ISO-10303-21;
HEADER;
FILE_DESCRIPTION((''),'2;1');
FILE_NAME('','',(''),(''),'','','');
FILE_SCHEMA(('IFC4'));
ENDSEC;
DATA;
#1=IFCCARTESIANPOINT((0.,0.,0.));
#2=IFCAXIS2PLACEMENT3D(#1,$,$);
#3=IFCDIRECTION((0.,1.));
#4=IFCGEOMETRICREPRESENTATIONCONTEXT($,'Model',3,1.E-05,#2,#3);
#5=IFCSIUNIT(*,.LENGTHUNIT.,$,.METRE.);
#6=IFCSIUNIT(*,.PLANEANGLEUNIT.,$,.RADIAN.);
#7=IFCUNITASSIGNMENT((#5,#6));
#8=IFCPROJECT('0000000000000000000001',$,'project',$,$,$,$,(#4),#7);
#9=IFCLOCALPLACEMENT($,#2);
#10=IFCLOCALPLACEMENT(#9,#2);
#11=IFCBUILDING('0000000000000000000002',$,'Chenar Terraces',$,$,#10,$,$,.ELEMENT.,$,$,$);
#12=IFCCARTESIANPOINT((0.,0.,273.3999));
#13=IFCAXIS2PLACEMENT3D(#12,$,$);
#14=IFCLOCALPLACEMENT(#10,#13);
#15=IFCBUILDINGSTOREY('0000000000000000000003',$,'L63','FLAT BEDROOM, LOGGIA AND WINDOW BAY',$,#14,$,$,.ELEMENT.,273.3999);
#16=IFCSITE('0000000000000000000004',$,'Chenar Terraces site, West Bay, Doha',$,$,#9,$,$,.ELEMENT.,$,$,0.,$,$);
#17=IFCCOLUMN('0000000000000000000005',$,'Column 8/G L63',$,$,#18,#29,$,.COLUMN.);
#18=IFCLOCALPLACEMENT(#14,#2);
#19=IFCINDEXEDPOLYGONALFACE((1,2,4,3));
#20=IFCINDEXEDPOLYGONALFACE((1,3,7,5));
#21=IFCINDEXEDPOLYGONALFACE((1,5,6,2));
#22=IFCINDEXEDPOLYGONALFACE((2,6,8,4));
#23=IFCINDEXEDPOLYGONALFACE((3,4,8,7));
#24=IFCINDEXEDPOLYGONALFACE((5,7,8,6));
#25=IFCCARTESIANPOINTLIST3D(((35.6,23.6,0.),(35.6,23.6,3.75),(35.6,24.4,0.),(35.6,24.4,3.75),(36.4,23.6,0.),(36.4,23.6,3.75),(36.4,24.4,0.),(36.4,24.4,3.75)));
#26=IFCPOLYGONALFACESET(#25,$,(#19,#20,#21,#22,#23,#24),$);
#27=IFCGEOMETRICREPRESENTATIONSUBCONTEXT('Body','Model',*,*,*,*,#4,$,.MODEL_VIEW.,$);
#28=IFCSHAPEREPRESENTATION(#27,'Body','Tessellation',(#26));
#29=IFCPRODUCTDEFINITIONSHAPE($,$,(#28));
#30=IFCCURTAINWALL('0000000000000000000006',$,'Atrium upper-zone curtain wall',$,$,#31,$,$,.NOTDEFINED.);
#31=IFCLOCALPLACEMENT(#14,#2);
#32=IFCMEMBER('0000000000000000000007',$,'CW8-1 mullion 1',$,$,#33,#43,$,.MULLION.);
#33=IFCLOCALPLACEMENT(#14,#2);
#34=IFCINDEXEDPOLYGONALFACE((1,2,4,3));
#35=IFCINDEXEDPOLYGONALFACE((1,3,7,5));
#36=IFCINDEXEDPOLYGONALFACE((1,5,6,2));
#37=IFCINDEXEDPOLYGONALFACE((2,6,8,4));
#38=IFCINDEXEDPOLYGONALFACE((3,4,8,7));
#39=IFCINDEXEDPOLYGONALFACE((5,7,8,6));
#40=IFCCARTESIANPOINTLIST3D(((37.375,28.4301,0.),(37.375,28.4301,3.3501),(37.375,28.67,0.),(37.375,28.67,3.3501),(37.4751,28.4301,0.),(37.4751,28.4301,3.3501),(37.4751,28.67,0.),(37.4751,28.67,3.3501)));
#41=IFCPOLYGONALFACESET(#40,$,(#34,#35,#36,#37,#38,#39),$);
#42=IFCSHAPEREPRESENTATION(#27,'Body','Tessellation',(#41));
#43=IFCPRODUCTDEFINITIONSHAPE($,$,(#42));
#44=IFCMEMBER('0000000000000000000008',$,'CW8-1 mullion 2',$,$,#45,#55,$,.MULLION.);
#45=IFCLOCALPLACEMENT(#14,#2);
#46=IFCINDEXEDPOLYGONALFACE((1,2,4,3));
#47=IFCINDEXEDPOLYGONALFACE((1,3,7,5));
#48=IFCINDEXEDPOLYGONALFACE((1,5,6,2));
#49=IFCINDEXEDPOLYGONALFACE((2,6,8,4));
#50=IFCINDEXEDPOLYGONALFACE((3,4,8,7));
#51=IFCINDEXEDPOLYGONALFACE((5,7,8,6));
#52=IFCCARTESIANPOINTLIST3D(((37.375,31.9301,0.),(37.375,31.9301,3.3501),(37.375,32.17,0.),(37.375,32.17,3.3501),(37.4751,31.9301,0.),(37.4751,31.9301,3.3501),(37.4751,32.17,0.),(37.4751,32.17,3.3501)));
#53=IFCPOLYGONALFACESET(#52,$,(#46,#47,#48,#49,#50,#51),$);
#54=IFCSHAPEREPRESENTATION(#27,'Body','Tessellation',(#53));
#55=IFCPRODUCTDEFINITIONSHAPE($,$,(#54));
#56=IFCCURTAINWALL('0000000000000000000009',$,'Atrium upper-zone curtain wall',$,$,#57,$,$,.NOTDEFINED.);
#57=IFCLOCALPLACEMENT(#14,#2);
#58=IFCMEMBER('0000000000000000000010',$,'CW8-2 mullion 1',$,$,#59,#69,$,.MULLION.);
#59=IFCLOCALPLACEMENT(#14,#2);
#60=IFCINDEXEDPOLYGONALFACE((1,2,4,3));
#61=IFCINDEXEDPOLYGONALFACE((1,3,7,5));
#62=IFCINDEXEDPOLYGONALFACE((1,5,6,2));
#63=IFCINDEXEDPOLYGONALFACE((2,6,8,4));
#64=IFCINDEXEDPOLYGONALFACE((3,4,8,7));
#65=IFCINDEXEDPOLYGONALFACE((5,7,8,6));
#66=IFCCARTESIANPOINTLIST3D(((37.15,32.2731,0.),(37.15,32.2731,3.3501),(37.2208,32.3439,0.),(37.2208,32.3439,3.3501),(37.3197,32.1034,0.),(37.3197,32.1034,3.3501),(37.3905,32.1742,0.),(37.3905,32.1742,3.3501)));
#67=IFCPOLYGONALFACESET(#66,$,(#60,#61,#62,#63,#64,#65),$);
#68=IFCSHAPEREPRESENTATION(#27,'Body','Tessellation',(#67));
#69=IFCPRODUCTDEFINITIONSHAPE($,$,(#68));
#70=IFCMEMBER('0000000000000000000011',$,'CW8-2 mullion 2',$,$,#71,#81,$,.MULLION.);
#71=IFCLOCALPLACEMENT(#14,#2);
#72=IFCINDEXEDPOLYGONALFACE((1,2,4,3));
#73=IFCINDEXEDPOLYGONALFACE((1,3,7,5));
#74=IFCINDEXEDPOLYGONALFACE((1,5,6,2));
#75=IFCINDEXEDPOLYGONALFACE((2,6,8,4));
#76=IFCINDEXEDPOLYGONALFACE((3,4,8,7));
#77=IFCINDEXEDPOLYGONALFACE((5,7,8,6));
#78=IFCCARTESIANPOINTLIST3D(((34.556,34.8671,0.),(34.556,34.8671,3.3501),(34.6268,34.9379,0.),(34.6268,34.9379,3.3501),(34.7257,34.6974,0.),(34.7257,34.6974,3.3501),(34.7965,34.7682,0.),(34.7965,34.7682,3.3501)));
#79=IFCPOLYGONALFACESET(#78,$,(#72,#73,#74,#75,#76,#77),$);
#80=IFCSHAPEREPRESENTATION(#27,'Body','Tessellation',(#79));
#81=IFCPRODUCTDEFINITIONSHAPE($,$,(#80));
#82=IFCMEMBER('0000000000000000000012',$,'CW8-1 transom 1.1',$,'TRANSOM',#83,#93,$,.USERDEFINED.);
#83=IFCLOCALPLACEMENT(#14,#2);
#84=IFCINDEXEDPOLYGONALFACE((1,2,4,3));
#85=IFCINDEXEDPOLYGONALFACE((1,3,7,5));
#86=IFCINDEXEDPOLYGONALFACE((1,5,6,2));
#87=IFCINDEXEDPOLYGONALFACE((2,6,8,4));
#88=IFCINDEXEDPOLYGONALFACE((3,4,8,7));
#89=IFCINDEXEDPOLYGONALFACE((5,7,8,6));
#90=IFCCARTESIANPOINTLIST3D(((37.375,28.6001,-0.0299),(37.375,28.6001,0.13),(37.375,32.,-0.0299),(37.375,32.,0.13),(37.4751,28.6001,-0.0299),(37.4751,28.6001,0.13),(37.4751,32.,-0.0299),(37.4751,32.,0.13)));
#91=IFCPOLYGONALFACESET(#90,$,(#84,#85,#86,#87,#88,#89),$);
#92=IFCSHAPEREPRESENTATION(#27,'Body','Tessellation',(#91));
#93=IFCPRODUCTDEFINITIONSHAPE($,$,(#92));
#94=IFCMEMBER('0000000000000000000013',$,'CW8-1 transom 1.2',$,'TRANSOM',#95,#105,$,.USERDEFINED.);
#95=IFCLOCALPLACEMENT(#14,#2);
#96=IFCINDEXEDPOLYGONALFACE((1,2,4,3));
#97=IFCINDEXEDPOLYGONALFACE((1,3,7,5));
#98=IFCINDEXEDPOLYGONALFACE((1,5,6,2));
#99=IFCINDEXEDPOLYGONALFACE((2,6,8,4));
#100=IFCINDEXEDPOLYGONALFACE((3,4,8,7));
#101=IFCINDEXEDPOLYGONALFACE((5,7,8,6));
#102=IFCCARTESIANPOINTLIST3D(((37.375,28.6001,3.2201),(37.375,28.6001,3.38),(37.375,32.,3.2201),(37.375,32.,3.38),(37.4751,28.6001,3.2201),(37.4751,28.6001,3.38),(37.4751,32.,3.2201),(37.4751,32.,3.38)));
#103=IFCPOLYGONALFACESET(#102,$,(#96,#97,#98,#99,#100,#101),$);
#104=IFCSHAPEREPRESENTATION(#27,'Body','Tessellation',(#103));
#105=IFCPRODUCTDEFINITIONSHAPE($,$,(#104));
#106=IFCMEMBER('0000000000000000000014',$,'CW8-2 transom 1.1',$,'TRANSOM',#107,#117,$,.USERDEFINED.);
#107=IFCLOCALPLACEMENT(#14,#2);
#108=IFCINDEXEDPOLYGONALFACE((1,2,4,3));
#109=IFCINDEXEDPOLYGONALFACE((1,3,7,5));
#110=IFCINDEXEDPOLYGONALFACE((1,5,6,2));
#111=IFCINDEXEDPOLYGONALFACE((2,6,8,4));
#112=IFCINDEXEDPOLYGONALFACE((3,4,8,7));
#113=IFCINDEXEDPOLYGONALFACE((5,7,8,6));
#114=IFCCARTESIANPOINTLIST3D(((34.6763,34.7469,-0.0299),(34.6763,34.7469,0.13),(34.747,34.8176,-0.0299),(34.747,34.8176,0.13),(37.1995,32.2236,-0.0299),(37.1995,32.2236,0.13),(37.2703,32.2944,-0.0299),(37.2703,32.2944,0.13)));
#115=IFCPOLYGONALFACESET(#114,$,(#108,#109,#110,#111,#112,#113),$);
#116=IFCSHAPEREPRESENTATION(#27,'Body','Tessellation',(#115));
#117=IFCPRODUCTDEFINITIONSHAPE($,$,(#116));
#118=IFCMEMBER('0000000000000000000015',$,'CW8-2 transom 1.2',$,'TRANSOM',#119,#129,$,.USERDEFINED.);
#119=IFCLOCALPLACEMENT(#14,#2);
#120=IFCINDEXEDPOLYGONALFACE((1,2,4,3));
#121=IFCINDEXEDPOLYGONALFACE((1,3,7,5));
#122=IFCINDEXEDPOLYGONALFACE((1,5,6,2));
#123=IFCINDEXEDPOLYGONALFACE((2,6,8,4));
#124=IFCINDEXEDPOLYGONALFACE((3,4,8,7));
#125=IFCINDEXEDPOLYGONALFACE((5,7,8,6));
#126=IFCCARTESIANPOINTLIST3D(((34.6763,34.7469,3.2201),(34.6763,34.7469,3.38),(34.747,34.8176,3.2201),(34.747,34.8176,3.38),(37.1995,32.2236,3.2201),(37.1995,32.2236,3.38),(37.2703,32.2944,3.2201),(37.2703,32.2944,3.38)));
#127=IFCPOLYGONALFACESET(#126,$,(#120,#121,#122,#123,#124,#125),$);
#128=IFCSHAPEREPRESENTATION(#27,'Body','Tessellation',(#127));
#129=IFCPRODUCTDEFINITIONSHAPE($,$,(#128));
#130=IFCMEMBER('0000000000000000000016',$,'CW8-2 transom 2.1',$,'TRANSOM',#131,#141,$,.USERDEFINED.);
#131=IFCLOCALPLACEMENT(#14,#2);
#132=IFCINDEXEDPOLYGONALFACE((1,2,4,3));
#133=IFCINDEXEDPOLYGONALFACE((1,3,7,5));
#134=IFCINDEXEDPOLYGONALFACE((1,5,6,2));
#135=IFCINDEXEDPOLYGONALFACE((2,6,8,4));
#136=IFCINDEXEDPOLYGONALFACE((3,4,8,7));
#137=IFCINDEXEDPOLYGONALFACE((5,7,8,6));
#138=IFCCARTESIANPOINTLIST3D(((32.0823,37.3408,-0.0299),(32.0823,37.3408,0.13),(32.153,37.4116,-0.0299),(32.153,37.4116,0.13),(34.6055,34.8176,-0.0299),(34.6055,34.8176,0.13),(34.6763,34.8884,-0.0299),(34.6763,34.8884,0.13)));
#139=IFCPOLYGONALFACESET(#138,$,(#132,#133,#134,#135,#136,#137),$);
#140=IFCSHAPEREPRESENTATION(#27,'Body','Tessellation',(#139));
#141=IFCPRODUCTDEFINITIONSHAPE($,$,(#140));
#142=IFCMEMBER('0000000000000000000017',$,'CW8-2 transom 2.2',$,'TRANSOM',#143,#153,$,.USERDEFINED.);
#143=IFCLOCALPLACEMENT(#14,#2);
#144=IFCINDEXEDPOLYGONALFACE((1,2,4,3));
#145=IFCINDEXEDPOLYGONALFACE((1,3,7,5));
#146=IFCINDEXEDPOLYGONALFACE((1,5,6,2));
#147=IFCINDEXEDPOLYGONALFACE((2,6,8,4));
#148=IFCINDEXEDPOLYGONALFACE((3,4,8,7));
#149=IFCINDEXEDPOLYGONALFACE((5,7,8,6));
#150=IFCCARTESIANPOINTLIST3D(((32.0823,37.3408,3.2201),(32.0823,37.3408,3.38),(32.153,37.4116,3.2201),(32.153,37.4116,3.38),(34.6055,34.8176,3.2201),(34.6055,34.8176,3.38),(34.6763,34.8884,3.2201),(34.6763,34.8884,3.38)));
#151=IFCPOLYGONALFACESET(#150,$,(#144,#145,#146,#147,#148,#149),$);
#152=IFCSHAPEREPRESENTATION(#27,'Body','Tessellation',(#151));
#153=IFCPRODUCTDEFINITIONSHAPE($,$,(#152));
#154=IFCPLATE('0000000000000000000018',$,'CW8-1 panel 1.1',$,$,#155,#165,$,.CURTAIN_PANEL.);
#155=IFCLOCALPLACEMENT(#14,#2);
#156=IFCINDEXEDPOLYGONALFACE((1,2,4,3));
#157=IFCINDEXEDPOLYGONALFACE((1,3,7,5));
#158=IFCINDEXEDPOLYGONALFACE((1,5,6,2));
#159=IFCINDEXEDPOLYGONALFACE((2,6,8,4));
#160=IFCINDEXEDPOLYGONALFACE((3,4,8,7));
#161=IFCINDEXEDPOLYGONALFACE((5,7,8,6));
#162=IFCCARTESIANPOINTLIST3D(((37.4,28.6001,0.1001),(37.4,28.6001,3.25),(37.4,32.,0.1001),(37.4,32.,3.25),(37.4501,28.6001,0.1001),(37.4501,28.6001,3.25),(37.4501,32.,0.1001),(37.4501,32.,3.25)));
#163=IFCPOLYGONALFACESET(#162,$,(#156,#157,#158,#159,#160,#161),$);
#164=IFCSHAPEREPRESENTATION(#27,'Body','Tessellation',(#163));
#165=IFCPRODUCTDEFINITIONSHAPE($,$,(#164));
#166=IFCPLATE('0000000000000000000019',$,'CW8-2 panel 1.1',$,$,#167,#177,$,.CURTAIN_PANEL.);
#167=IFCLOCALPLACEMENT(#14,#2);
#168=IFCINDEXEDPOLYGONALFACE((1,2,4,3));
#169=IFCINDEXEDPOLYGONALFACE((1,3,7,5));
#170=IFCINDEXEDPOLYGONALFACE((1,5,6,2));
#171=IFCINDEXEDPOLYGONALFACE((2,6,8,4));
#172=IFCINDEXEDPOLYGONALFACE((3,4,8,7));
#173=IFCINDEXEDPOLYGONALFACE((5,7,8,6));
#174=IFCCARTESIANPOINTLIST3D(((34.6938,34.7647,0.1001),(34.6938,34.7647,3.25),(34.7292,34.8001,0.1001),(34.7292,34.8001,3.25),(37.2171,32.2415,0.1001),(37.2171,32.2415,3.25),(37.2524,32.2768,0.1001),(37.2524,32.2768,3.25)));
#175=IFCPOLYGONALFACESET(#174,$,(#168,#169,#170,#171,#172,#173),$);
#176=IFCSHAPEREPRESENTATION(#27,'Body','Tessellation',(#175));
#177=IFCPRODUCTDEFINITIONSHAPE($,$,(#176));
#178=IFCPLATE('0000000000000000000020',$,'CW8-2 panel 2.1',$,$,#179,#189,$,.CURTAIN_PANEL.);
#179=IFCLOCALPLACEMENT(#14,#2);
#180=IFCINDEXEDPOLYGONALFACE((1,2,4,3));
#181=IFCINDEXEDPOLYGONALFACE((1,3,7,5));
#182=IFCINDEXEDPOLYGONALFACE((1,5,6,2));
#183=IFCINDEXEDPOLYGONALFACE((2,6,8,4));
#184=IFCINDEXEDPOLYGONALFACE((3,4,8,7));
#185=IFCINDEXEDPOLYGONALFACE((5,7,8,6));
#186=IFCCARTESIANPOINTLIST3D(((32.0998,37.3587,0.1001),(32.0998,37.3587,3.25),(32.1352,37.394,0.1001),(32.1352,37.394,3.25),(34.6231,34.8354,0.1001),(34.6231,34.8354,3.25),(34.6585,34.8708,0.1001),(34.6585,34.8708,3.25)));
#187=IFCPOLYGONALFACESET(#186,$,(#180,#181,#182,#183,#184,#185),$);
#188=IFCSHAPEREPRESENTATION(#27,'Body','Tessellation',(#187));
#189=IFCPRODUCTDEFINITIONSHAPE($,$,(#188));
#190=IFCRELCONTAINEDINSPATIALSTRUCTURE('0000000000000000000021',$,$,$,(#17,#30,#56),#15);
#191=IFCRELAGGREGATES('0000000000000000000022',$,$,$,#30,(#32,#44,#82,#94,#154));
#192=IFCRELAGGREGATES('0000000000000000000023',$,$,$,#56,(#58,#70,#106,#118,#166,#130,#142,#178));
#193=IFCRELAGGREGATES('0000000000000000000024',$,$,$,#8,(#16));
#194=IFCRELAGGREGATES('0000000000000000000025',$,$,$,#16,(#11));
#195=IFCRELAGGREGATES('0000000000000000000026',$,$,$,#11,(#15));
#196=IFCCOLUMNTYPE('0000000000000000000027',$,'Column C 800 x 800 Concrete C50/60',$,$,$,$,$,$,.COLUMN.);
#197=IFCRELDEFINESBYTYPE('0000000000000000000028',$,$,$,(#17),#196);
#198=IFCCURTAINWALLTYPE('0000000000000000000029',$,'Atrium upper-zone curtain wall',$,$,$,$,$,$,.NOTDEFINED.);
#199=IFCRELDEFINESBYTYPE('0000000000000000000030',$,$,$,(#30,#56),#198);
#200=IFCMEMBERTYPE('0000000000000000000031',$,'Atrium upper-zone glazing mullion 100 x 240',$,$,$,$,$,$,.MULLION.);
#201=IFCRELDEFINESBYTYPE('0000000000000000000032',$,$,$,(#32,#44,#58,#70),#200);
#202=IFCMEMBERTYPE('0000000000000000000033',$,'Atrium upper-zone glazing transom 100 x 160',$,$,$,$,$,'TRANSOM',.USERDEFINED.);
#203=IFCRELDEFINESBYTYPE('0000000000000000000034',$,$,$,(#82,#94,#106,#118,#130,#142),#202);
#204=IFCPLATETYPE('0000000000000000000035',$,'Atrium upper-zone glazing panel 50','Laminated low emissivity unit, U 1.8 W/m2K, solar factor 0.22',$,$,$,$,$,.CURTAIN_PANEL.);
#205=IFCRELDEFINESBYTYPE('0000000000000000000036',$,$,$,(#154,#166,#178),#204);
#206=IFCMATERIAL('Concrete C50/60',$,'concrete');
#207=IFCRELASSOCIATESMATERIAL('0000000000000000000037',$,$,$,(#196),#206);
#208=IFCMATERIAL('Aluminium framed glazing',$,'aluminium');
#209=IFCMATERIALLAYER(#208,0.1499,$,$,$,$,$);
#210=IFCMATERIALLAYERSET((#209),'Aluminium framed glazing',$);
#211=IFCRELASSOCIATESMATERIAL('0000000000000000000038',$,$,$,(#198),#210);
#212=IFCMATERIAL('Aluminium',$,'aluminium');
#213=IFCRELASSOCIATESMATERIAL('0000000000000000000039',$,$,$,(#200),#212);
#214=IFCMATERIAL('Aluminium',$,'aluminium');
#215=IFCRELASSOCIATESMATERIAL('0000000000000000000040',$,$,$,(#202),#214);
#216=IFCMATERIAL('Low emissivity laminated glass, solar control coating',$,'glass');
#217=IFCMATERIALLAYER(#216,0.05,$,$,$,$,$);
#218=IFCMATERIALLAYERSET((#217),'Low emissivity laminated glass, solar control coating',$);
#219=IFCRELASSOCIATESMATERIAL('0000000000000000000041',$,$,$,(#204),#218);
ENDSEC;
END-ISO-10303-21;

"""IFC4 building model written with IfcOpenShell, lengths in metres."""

from ifc_helpers import new_model, si_unit, direction, frame, origin, origin_2d, place, context, subcontext, project, spatial, rectangle, extrude, material, layer, layer_set, material_profile, profile_set, type_object, element, aggregate, save


model = new_model("IFC4")

# Units and contexts
model_context = context("Model", 3, precision=1e-05, world=origin(), true_north=direction((0.0, 1.0)))
body_context = subcontext(model_context, "Body", "Model", "MODEL_VIEW")
ifc_project = project(units=[si_unit("LENGTHUNIT", "METRE"), si_unit("PLANEANGLEUNIT", "RADIAN")], contexts=[model_context])

# Site, building, storey
site_placement = place(None, origin())
site = spatial("IfcSite", under=ifc_project, at=site_placement, Name="Chenar Terraces site, West Bay, Doha", CompositionType="ELEMENT", RefElevation=0.0)
building_placement = place(site_placement, origin())
building = spatial("IfcBuilding", under=site, at=building_placement, Name="Chenar Terraces", CompositionType="ELEMENT")
storey_placement = place(building_placement, frame((0.0, 0.0, 273.3999)))
storey = spatial("IfcBuildingStorey", under=building, at=storey_placement, Name="L63", Description="FLAT BEDROOM, LOGGIA AND WINDOW BAY", CompositionType="ELEMENT", Elevation=273.3999)

# Column
ifc_material_1 = material(Name="Concrete C50/60", Category="concrete")
ifc_material_profile_1 = material_profile(ifc_material_1, rectangle(XDim=0.8, YDim=0.8, at=origin_2d()), Name="C 800 x 800")
ifc_profile_set_1 = profile_set([ifc_material_profile_1], Name="Concrete C50/60")
column_type = type_object("IfcColumnType", Name="Column C 800 x 800 Concrete C50/60", PredefinedType="COLUMN", material=ifc_profile_set_1)
column_placement = place(storey_placement, frame((36.0, 24.0, 0.0), z_axis=(0.0, 0.0, 1.0), x_axis=(1.0, 0.0, 0.0)))
element("IfcColumn", 1, at=column_placement, inside=storey, type_object=column_type, Name="Column 8/G L63", PredefinedType="COLUMN", context=body_context, shape_type="SweptSolid", body=[
    extrude(rectangle(XDim=0.8, YDim=0.8, at=origin_2d()), origin(), (0.0, 0.0, 1.0), 3.75),
])

# Curtain walls, members
ifc_material_2 = material(Name="Aluminium framed glazing", Category="aluminium")
ifc_layer_1 = layer(ifc_material_2, 0.1499)
ifc_layer_set_1 = layer_set([ifc_layer_1], Name="Aluminium framed glazing")
curtain_wall_type = type_object("IfcCurtainWallType", Name="Atrium upper-zone curtain wall", PredefinedType="NOTDEFINED", material=ifc_layer_set_1)
placement = place(storey_placement, origin())
curtain_wall_1 = element("IfcCurtainWall", 2, at=placement, inside=storey, type_object=curtain_wall_type, Name="Atrium upper-zone curtain wall", PredefinedType="NOTDEFINED")
ifc_material_3 = material(Name="Aluminium", Category="aluminium")
ifc_material_profile_2 = material_profile(ifc_material_3, rectangle(XDim=0.1001, YDim=0.24, at=origin_2d()), Name="Atrium upper-zone glazing mullion 100 x 240")
ifc_profile_set_2 = profile_set([ifc_material_profile_2], Name="Aluminium")
member_type_1 = type_object("IfcMemberType", Name="Atrium upper-zone glazing mullion 100 x 240", PredefinedType="MULLION", material=ifc_profile_set_2)
member_1_placement = place(storey_placement, frame((37.425, 28.55, 0.0), z_axis=(0.0, 0.0, 1.0), x_axis=(-1.0, 0.0, 0.0)))
member_1 = element("IfcMember", 3, at=member_1_placement, type_object=member_type_1, Name="CW8-1 mullion 1", PredefinedType="MULLION", context=body_context, shape_type="SweptSolid", body=[
    extrude(rectangle(XDim=0.1001, YDim=0.24, at=origin_2d()), origin(), (0.0, 0.0, 1.0), 3.3501),
])
member_2_placement = place(storey_placement, frame((37.425, 32.05, 0.0), z_axis=(0.0, 0.0, 1.0), x_axis=(-1.0, 0.0, 0.0)))
member_2 = element("IfcMember", 4, at=member_2_placement, type_object=member_type_1, Name="CW8-1 mullion 2", PredefinedType="MULLION", context=body_context, shape_type="SweptSolid", body=[
    extrude(rectangle(XDim=0.1001, YDim=0.24, at=origin_2d()), origin(), (0.0, 0.0, 1.0), 3.3501),
])
curtain_wall_2 = element("IfcCurtainWall", 5, at=placement, inside=storey, type_object=curtain_wall_type, Name="Atrium upper-zone curtain wall", PredefinedType="NOTDEFINED")
member_3_placement = place(storey_placement, frame((37.2703, 32.2236, 0.0), z_axis=(0.0, 0.0, 1.0), x_axis=(-0.707107, -0.707107, 0.0)))
member_3 = element("IfcMember", 6, at=member_3_placement, type_object=member_type_1, Name="CW8-2 mullion 1", PredefinedType="MULLION", context=body_context, shape_type="SweptSolid", body=[
    extrude(rectangle(XDim=0.1001, YDim=0.24, at=origin_2d()), origin(), (0.0, 0.0, 1.0), 3.3501),
])
member_4_placement = place(storey_placement, frame((34.6763, 34.8176, 0.0), z_axis=(0.0, 0.0, 1.0), x_axis=(-0.707107, -0.707107, 0.0)))
member_4 = element("IfcMember", 7, at=member_4_placement, type_object=member_type_1, Name="CW8-2 mullion 2", PredefinedType="MULLION", context=body_context, shape_type="SweptSolid", body=[
    extrude(rectangle(XDim=0.1001, YDim=0.24, at=origin_2d()), origin(), (0.0, 0.0, 1.0), 3.3501),
])

# Members
ifc_material_4 = material(Name="Aluminium", Category="aluminium")
ifc_material_profile_3 = material_profile(ifc_material_4, rectangle(XDim=0.1001, YDim=0.1599, at=origin_2d()), Name="Atrium upper-zone glazing transom 100 x 160")
ifc_profile_set_3 = profile_set([ifc_material_profile_3], Name="Aluminium")
member_type_2 = type_object("IfcMemberType", Name="Atrium upper-zone glazing transom 100 x 160", ElementType="TRANSOM", PredefinedType="USERDEFINED", material=ifc_profile_set_3)
member_5_placement = place(storey_placement, frame((37.425, 28.6001, 0.05), z_axis=(0.0, 1.0, 0.0), x_axis=(-1.0, 0.0, 0.0)))
member_5 = element("IfcMember", 8, at=member_5_placement, type_object=member_type_2, Name="CW8-1 transom 1.1", ObjectType="TRANSOM", PredefinedType="USERDEFINED", context=body_context, shape_type="SweptSolid", body=[
    extrude(rectangle(XDim=0.1001, YDim=0.1599, at=origin_2d()), origin(), (0.0, 0.0, 1.0), 3.3999),
])
member_6_placement = place(storey_placement, frame((37.425, 28.6001, 3.3), z_axis=(0.0, 1.0, 0.0), x_axis=(-1.0, 0.0, 0.0)))
member_6 = element("IfcMember", 9, at=member_6_placement, type_object=member_type_2, Name="CW8-1 transom 1.2", ObjectType="TRANSOM", PredefinedType="USERDEFINED", context=body_context, shape_type="SweptSolid", body=[
    extrude(rectangle(XDim=0.1001, YDim=0.1599, at=origin_2d()), origin(), (0.0, 0.0, 1.0), 3.3999),
])
member_7_placement = place(storey_placement, frame((37.2349, 32.259, 0.05), z_axis=(-0.707107, 0.707107, 0.0), x_axis=(-0.707107, -0.707107, 0.0)))
member_7 = element("IfcMember", 10, at=member_7_placement, type_object=member_type_2, Name="CW8-2 transom 1.1", ObjectType="TRANSOM", PredefinedType="USERDEFINED", context=body_context, shape_type="SweptSolid", body=[
    extrude(rectangle(XDim=0.1001, YDim=0.1599, at=origin_2d()), origin(), (0.0, 0.0, 1.0), 3.5684),
])
member_8_placement = place(storey_placement, frame((37.2349, 32.259, 3.3), z_axis=(-0.707107, 0.707107, 0.0), x_axis=(-0.707107, -0.707107, 0.0)))
member_8 = element("IfcMember", 11, at=member_8_placement, type_object=member_type_2, Name="CW8-2 transom 1.2", ObjectType="TRANSOM", PredefinedType="USERDEFINED", context=body_context, shape_type="SweptSolid", body=[
    extrude(rectangle(XDim=0.1001, YDim=0.1599, at=origin_2d()), origin(), (0.0, 0.0, 1.0), 3.5684),
])
member_9_placement = place(storey_placement, frame((34.6409, 34.853, 0.05), z_axis=(-0.707107, 0.707107, 0.0), x_axis=(-0.707107, -0.707107, 0.0)))
member_9 = element("IfcMember", 12, at=member_9_placement, type_object=member_type_2, Name="CW8-2 transom 2.1", ObjectType="TRANSOM", PredefinedType="USERDEFINED", context=body_context, shape_type="SweptSolid", body=[
    extrude(rectangle(XDim=0.1001, YDim=0.1599, at=origin_2d()), origin(), (0.0, 0.0, 1.0), 3.5684),
])
member_10_placement = place(storey_placement, frame((34.6409, 34.853, 3.3), z_axis=(-0.707107, 0.707107, 0.0), x_axis=(-0.707107, -0.707107, 0.0)))
member_10 = element("IfcMember", 13, at=member_10_placement, type_object=member_type_2, Name="CW8-2 transom 2.2", ObjectType="TRANSOM", PredefinedType="USERDEFINED", context=body_context, shape_type="SweptSolid", body=[
    extrude(rectangle(XDim=0.1001, YDim=0.1599, at=origin_2d()), origin(), (0.0, 0.0, 1.0), 3.5684),
])

# Plates
ifc_material_5 = material(Name="Low emissivity laminated glass, solar control coating", Category="glass")
ifc_layer_2 = layer(ifc_material_5, 0.05)
ifc_layer_set_2 = layer_set([ifc_layer_2], Name="Low emissivity laminated glass, solar control coating")
plate_type = type_object("IfcPlateType", Name="Atrium upper-zone glazing panel 50", Description="Laminated low emissivity unit, U 1.8 W/m2K, solar factor 0.22", PredefinedType="CURTAIN_PANEL", material=ifc_layer_set_2)
plate_1_placement = place(storey_placement, frame((37.425, 30.3, 0.1001), z_axis=(0.0, 0.0, 1.0), x_axis=(0.0, 1.0, 0.0)))
plate_1 = element("IfcPlate", 14, at=plate_1_placement, type_object=plate_type, Name="CW8-1 panel 1.1", PredefinedType="CURTAIN_PANEL", context=body_context, shape_type="SweptSolid", body=[
    extrude(rectangle(XDim=3.3999, YDim=0.05, at=origin_2d()), origin(), (0.0, 0.0, 1.0), 3.1499),
])
aggregate(curtain_wall_1, [member_1, member_2, member_5, member_6, plate_1])
plate_2_placement = place(storey_placement, frame((35.9731, 33.5208, 0.1001), z_axis=(0.0, 0.0, 1.0), x_axis=(-0.707107, 0.707107, 0.0)))
plate_2 = element("IfcPlate", 15, at=plate_2_placement, type_object=plate_type, Name="CW8-2 panel 1.1", PredefinedType="CURTAIN_PANEL", context=body_context, shape_type="SweptSolid", body=[
    extrude(rectangle(XDim=3.5684, YDim=0.05, at=origin_2d()), origin(), (0.0, 0.0, 1.0), 3.1499),
])
plate_3_placement = place(storey_placement, frame((33.3792, 36.1147, 0.1001), z_axis=(0.0, 0.0, 1.0), x_axis=(-0.707107, 0.707107, 0.0)))
plate_3 = element("IfcPlate", 16, at=plate_3_placement, type_object=plate_type, Name="CW8-2 panel 2.1", PredefinedType="CURTAIN_PANEL", context=body_context, shape_type="SweptSolid", body=[
    extrude(rectangle(XDim=3.5684, YDim=0.05, at=origin_2d()), origin(), (0.0, 0.0, 1.0), 3.1499),
])
aggregate(curtain_wall_2, [member_3, member_4, member_7, member_8, plate_2, member_9, member_10, plate_3])

save(model, "model.ifc")
